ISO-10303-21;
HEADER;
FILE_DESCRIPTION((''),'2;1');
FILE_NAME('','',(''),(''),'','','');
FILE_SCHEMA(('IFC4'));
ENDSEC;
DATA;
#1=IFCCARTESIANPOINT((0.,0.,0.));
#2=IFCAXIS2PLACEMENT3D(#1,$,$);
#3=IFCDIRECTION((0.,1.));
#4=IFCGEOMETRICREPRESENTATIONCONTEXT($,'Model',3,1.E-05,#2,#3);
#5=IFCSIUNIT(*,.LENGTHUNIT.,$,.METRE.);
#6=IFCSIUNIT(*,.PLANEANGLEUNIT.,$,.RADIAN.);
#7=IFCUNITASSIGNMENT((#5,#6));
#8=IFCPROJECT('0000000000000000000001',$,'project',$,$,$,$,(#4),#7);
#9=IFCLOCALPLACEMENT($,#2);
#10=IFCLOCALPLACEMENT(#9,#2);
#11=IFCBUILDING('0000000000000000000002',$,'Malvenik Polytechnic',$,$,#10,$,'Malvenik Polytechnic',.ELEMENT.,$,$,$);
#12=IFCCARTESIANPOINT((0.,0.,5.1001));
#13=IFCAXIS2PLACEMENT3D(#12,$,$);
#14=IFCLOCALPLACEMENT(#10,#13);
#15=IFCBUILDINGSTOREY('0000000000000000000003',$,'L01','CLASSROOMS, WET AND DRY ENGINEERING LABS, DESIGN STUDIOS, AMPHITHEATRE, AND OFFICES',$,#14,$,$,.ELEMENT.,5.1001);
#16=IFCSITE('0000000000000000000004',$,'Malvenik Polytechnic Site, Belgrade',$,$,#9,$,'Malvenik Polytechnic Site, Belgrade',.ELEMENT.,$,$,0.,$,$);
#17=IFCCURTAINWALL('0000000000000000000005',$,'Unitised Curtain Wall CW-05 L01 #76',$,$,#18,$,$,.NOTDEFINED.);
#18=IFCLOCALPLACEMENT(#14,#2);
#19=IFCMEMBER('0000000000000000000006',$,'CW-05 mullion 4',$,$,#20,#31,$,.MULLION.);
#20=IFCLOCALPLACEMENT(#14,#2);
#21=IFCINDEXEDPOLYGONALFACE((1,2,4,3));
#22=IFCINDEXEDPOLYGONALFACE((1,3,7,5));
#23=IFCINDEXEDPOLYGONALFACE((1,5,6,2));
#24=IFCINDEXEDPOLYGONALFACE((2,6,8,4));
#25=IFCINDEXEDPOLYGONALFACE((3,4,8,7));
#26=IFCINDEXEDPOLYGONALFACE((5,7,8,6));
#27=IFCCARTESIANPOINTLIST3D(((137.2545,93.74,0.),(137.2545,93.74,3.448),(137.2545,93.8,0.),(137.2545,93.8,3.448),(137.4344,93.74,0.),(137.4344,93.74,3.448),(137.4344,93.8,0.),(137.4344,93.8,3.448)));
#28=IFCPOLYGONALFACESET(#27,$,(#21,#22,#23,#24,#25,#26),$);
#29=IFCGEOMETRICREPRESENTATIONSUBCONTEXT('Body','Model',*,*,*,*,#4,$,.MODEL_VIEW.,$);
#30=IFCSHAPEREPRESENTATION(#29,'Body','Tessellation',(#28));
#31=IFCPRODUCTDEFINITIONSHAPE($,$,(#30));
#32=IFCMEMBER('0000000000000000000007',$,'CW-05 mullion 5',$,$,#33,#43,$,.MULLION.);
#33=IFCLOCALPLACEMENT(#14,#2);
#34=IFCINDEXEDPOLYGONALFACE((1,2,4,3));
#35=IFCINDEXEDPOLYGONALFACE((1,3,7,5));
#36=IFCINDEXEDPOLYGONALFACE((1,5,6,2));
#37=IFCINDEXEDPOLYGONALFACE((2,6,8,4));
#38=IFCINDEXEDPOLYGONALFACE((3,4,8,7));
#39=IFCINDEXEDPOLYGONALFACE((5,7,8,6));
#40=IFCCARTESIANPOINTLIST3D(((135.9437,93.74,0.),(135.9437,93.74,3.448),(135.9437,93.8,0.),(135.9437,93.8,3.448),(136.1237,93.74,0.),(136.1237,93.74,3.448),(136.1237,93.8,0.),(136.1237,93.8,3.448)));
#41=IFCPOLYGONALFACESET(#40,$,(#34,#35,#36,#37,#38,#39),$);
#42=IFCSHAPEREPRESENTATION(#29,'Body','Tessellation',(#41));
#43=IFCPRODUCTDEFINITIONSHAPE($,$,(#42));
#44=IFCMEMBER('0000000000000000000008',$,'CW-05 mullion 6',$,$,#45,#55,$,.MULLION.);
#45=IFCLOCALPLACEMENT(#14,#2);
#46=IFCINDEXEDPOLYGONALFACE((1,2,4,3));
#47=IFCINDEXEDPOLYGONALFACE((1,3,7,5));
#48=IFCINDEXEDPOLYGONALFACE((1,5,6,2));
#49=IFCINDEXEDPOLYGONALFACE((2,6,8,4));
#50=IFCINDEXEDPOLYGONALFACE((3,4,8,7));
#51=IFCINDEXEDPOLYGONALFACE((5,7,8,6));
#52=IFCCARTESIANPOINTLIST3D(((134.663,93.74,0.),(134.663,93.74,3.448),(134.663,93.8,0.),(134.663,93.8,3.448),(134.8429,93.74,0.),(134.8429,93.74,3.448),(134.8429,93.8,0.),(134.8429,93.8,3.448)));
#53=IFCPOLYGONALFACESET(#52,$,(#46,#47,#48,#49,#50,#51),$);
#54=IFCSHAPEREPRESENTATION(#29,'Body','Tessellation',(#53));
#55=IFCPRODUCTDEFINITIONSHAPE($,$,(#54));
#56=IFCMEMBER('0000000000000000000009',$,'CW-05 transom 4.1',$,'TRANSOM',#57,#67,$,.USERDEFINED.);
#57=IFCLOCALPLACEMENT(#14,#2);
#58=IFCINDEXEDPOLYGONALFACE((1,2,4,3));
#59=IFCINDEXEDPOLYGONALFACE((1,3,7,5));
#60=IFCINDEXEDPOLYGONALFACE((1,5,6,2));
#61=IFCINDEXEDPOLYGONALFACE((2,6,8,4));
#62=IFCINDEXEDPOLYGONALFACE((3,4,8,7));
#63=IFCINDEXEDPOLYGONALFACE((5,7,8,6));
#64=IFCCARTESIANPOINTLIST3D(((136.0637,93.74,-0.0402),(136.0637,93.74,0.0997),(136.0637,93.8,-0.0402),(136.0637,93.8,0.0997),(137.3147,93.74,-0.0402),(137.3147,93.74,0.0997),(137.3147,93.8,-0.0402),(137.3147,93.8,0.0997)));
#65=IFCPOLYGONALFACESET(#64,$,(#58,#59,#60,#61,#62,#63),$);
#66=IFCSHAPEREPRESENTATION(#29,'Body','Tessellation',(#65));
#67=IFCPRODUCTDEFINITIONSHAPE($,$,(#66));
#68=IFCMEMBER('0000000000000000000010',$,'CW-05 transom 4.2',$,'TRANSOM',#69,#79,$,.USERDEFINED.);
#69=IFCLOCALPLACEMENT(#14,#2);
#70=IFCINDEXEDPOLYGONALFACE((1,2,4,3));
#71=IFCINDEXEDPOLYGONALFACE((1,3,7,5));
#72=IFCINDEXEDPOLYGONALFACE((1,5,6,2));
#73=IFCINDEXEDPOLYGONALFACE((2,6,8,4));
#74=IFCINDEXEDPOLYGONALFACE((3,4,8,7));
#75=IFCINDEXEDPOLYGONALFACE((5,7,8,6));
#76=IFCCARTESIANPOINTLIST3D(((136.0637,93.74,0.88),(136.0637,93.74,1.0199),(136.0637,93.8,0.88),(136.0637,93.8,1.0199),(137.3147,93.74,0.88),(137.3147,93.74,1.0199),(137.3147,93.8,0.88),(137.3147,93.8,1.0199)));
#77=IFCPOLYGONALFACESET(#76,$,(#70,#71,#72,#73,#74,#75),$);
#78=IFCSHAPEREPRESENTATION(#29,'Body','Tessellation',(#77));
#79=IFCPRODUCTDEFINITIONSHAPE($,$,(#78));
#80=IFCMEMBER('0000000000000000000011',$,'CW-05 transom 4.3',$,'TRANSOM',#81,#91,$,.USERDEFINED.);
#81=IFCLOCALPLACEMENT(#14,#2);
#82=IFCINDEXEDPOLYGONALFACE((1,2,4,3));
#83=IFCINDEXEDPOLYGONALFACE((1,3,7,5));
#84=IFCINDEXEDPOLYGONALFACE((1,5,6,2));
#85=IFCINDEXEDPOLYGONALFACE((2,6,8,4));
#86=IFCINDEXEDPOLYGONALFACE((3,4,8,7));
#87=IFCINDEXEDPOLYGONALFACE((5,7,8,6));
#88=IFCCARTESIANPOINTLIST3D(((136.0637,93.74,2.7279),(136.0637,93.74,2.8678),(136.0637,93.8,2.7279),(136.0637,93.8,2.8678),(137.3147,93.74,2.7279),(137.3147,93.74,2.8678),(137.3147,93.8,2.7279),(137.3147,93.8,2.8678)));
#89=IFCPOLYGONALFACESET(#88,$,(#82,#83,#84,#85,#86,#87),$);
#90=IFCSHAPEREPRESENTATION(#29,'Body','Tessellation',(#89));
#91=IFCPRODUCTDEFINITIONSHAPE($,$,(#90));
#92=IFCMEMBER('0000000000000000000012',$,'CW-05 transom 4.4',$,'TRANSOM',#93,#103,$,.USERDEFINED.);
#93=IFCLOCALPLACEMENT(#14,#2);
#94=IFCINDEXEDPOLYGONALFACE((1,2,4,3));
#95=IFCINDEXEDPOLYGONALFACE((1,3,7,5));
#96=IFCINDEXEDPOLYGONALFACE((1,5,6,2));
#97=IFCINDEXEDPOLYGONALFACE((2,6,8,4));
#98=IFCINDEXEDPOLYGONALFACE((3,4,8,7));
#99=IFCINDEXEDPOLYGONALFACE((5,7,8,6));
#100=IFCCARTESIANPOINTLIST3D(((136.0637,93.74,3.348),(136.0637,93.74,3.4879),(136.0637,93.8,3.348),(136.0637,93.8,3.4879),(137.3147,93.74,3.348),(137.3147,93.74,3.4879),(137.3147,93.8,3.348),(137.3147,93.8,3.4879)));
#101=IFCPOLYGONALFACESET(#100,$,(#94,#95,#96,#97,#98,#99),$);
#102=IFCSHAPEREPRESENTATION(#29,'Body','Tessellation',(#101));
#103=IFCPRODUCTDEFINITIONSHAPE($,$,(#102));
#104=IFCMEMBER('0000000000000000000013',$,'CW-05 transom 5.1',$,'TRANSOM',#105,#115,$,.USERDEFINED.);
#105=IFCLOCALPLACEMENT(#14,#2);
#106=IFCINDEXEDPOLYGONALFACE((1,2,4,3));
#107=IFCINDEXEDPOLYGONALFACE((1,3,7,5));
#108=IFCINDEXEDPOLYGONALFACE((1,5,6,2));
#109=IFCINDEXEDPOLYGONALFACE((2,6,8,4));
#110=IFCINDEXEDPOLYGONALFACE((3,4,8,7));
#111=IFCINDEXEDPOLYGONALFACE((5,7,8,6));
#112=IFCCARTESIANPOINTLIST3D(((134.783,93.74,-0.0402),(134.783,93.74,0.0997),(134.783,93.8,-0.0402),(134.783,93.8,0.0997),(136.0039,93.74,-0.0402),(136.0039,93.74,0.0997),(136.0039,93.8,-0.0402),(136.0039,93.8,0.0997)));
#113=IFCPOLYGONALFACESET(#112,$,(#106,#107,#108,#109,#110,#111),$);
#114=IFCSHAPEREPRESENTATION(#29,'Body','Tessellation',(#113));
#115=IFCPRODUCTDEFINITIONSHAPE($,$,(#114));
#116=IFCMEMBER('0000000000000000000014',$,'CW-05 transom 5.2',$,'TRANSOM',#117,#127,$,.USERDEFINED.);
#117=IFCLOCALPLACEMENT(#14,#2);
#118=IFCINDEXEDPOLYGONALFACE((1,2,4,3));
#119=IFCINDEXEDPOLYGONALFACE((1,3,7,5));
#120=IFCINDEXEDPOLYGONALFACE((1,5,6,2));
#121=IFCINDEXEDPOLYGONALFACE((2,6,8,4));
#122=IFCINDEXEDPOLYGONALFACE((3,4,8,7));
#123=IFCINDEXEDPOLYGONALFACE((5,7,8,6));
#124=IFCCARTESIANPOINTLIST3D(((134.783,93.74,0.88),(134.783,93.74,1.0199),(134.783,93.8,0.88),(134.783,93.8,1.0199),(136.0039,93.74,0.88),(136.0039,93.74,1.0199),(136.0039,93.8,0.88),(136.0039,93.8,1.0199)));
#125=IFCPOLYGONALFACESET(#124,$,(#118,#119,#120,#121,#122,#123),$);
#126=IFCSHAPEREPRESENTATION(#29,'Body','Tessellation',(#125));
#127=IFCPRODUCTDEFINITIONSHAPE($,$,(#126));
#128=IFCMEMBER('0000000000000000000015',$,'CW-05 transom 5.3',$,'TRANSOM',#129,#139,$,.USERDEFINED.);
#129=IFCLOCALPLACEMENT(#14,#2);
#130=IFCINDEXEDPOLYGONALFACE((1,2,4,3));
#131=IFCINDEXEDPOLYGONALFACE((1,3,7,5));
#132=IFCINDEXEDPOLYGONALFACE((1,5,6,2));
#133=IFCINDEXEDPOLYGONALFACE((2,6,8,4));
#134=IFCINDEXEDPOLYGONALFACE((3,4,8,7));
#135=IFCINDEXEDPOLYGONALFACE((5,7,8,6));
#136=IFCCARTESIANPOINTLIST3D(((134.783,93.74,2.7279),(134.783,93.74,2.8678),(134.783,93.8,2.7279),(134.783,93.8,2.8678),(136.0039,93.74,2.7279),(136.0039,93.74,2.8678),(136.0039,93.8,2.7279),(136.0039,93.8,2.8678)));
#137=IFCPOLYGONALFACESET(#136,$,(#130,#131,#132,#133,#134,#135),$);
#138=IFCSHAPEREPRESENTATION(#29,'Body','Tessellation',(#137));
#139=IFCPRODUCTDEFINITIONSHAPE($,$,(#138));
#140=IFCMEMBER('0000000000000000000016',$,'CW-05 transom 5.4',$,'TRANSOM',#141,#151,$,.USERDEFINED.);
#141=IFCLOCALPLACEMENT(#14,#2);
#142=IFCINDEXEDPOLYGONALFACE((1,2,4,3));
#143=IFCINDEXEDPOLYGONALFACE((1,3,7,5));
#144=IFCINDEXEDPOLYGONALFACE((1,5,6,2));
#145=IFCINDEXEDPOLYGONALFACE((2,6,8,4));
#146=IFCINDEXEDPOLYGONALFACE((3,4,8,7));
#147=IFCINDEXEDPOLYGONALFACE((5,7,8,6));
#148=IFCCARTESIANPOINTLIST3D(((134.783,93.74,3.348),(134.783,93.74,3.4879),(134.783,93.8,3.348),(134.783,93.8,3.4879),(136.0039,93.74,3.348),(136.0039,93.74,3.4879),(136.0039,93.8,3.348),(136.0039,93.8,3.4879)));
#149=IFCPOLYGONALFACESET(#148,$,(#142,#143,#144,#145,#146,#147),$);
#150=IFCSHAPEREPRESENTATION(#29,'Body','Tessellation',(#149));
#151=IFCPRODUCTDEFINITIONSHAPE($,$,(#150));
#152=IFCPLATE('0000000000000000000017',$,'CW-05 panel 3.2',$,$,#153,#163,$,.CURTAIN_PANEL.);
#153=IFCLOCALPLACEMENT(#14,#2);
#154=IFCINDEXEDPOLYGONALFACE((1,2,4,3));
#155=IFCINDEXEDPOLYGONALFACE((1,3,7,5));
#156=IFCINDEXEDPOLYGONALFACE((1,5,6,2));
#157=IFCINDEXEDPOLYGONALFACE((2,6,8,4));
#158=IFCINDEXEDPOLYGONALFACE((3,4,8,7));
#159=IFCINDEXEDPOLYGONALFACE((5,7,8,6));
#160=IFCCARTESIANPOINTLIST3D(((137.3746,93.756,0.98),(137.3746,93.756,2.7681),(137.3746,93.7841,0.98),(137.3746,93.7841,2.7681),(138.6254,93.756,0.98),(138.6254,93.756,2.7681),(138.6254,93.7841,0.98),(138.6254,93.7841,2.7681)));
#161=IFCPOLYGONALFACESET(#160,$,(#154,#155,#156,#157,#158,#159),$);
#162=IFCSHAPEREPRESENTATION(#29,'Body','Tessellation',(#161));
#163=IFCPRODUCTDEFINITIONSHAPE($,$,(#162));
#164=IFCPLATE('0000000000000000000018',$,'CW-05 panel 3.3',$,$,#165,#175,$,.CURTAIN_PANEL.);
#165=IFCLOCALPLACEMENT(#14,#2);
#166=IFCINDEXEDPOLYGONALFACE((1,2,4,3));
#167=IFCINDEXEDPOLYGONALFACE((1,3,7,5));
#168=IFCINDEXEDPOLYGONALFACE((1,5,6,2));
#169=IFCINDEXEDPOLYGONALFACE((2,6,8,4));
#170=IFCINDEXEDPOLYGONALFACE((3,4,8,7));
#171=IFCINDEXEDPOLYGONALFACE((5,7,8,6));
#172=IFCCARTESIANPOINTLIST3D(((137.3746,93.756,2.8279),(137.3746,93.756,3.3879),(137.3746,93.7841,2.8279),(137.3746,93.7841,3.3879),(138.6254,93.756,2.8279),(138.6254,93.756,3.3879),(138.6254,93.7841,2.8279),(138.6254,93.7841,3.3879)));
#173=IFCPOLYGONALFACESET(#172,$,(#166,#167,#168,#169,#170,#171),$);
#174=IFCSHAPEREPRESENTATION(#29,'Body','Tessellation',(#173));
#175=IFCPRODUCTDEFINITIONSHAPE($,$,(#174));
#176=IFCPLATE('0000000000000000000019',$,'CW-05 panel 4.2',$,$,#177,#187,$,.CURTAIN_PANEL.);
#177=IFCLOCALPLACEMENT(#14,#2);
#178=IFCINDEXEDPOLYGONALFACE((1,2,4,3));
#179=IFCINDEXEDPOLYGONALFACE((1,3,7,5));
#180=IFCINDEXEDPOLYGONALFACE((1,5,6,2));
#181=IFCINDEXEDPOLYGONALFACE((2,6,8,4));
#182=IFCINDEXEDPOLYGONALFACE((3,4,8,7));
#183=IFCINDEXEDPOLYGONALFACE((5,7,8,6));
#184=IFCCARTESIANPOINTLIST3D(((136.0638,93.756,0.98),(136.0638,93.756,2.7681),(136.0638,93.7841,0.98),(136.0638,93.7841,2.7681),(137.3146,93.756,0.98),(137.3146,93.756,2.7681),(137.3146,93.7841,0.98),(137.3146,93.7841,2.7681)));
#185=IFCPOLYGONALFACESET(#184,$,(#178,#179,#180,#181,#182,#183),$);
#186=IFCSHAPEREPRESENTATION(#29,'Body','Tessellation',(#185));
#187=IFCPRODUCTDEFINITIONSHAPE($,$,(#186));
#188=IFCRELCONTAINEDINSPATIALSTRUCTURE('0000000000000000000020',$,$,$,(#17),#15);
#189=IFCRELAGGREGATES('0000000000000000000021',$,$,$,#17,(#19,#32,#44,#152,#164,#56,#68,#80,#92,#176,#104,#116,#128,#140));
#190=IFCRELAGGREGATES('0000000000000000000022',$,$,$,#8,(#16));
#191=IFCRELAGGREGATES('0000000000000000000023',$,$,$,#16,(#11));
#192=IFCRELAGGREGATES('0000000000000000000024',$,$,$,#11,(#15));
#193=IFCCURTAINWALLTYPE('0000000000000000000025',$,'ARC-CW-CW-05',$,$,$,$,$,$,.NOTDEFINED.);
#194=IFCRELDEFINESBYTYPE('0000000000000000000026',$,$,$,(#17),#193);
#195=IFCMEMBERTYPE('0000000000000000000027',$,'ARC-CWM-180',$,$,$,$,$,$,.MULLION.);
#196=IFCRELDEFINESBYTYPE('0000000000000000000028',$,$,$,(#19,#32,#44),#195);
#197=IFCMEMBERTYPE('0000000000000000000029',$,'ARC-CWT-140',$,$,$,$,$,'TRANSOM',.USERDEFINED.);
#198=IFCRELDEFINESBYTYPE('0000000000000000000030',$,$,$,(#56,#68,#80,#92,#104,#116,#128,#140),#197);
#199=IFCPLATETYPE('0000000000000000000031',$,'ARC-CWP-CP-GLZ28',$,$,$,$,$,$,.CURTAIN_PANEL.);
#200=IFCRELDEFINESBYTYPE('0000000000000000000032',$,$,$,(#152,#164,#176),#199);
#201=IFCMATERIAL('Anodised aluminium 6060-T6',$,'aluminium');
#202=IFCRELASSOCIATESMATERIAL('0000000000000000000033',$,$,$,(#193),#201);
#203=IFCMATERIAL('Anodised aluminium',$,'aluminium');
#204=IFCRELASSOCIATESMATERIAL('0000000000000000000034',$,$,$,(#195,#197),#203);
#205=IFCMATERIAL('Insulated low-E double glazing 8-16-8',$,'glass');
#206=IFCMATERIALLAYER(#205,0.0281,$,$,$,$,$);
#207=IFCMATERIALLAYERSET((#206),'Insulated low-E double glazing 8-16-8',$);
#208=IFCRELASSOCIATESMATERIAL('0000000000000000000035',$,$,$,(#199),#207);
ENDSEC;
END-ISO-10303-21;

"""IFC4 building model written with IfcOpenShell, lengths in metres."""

from ifc_helpers import new_model, si_unit, direction, frame, origin, origin_2d, place, context, subcontext, project, spatial, rectangle, extrude, material, layer, layer_set, material_profile, profile_set, type_object, element, aggregate, save


model = new_model("IFC4")

# Units and contexts
model_context = context("Model", 3, precision=1e-05, world=origin(), true_north=direction((0.0, 1.0)))
body_context = subcontext(model_context, "Body", "Model", "MODEL_VIEW")
ifc_project = project(units=[si_unit("LENGTHUNIT", "METRE"), si_unit("PLANEANGLEUNIT", "RADIAN")], contexts=[model_context])

# Site, building, storey
site_placement = place(None, origin())
site = spatial("IfcSite", under=ifc_project, at=site_placement, Name="Malvenik Polytechnic Site, Belgrade", LongName="Malvenik Polytechnic Site, Belgrade", CompositionType="ELEMENT", RefElevation=0.0)
building_placement = place(site_placement, origin())
building = spatial("IfcBuilding", under=site, at=building_placement, Name="Malvenik Polytechnic", LongName="Malvenik Polytechnic", CompositionType="ELEMENT")
storey_placement = place(building_placement, frame((0.0, 0.0, 5.1001)))
storey = spatial("IfcBuildingStorey", under=building, at=storey_placement, Name="L01", Description="CLASSROOMS, WET AND DRY ENGINEERING LABS, DESIGN STUDIOS, AMPHITHEATRE, AND OFFICES", CompositionType="ELEMENT", Elevation=5.1001)

# Curtain wall, members, plates
ifc_material_1 = material(Name="Anodised aluminium 6060-T6", Category="aluminium")
curtain_wall_type = type_object("IfcCurtainWallType", Name="ARC-CW-CW-05", PredefinedType="NOTDEFINED", material=ifc_material_1)
curtain_wall_placement = place(storey_placement, origin())
curtain_wall = element("IfcCurtainWall", 1, at=curtain_wall_placement, inside=storey, type_object=curtain_wall_type, Name="Unitised Curtain Wall CW-05 L01 #76", PredefinedType="NOTDEFINED")
ifc_material_2 = material(Name="Anodised aluminium", Category="aluminium")
ifc_material_profile_1 = material_profile(ifc_material_2, rectangle(XDim=0.0601, YDim=0.1799, at=origin_2d()), Name="ALU MULLION 60x180")
ifc_profile_set_1 = profile_set([ifc_material_profile_1], Name="Anodised aluminium")
member_type_1 = type_object("IfcMemberType", Name="ARC-CWM-180", PredefinedType="MULLION", material=ifc_profile_set_1)
member_1_placement = place(storey_placement, frame((137.3445, 93.77, 0.0), z_axis=(0.0, 0.0, 1.0), x_axis=(0.0, -1.0, 0.0)))
member_1 = element("IfcMember", 2, at=member_1_placement, type_object=member_type_1, Name="CW-05 mullion 4", PredefinedType="MULLION", context=body_context, shape_type="SweptSolid", body=[
    extrude(rectangle(XDim=0.0601, YDim=0.1799, at=origin_2d()), origin(), (0.0, 0.0, 1.0), 3.448),
])
member_2_placement = place(storey_placement, frame((136.0337, 93.77, 0.0), z_axis=(0.0, 0.0, 1.0), x_axis=(0.0, -1.0, 0.0)))
member_2 = element("IfcMember", 3, at=member_2_placement, type_object=member_type_1, Name="CW-05 mullion 5", PredefinedType="MULLION", context=body_context, shape_type="SweptSolid", body=[
    extrude(rectangle(XDim=0.0601, YDim=0.1799, at=origin_2d()), origin(), (0.0, 0.0, 1.0), 3.448),
])
member_3_placement = place(storey_placement, frame((134.7529, 93.77, 0.0), z_axis=(0.0, 0.0, 1.0), x_axis=(0.0, -1.0, 0.0)))
member_3 = element("IfcMember", 4, at=member_3_placement, type_object=member_type_1, Name="CW-05 mullion 6", PredefinedType="MULLION", context=body_context, shape_type="SweptSolid", body=[
    extrude(rectangle(XDim=0.0601, YDim=0.1799, at=origin_2d()), origin(), (0.0, 0.0, 1.0), 3.448),
])
ifc_material_profile_2 = material_profile(ifc_material_2, rectangle(XDim=0.0601, YDim=0.1399, at=origin_2d()), Name="ALU TRANSOM 60x140")
ifc_profile_set_2 = profile_set([ifc_material_profile_2], Name="Anodised aluminium")
member_type_2 = type_object("IfcMemberType", Name="ARC-CWT-140", ElementType="TRANSOM", PredefinedType="USERDEFINED", material=ifc_profile_set_2)
member_4_placement = place(storey_placement, frame((137.3147, 93.77, 0.0298), z_axis=(-1.0, 0.0, 0.0), x_axis=(0.0, -1.0, 0.0)))
member_4 = element("IfcMember", 5, at=member_4_placement, type_object=member_type_2, Name="CW-05 transom 4.1", ObjectType="TRANSOM", PredefinedType="USERDEFINED", context=body_context, shape_type="SweptSolid", body=[
    extrude(rectangle(XDim=0.0601, YDim=0.1399, at=origin_2d()), origin(), (0.0, 0.0, 1.0), 1.251),
])
member_5_placement = place(storey_placement, frame((137.3147, 93.77, 0.95), z_axis=(-1.0, 0.0, 0.0), x_axis=(0.0, -1.0, 0.0)))
member_5 = element("IfcMember", 6, at=member_5_placement, type_object=member_type_2, Name="CW-05 transom 4.2", ObjectType="TRANSOM", PredefinedType="USERDEFINED", context=body_context, shape_type="SweptSolid", body=[
    extrude(rectangle(XDim=0.0601, YDim=0.1399, at=origin_2d()), origin(), (0.0, 0.0, 1.0), 1.251),
])
member_6_placement = place(storey_placement, frame((137.3147, 93.77, 2.7979), z_axis=(-1.0, 0.0, 0.0), x_axis=(0.0, -1.0, 0.0)))
member_6 = element("IfcMember", 7, at=member_6_placement, type_object=member_type_2, Name="CW-05 transom 4.3", ObjectType="TRANSOM", PredefinedType="USERDEFINED", context=body_context, shape_type="SweptSolid", body=[
    extrude(rectangle(XDim=0.0601, YDim=0.1399, at=origin_2d()), origin(), (0.0, 0.0, 1.0), 1.251),
])
member_7_placement = place(storey_placement, frame((137.3147, 93.77, 3.418), z_axis=(-1.0, 0.0, 0.0), x_axis=(0.0, -1.0, 0.0)))
member_7 = element("IfcMember", 8, at=member_7_placement, type_object=member_type_2, Name="CW-05 transom 4.4", ObjectType="TRANSOM", PredefinedType="USERDEFINED", context=body_context, shape_type="SweptSolid", body=[
    extrude(rectangle(XDim=0.0601, YDim=0.1399, at=origin_2d()), origin(), (0.0, 0.0, 1.0), 1.251),
])
member_8_placement = place(storey_placement, frame((136.0039, 93.77, 0.0298), z_axis=(-1.0, 0.0, 0.0), x_axis=(0.0, -1.0, 0.0)))
member_8 = element("IfcMember", 9, at=member_8_placement, type_object=member_type_2, Name="CW-05 transom 5.1", ObjectType="TRANSOM", PredefinedType="USERDEFINED", context=body_context, shape_type="SweptSolid", body=[
    extrude(rectangle(XDim=0.0601, YDim=0.1399, at=origin_2d()), origin(), (0.0, 0.0, 1.0), 1.2209),
])
member_9_placement = place(storey_placement, frame((136.0039, 93.77, 0.95), z_axis=(-1.0, 0.0, 0.0), x_axis=(0.0, -1.0, 0.0)))
member_9 = element("IfcMember", 10, at=member_9_placement, type_object=member_type_2, Name="CW-05 transom 5.2", ObjectType="TRANSOM", PredefinedType="USERDEFINED", context=body_context, shape_type="SweptSolid", body=[
    extrude(rectangle(XDim=0.0601, YDim=0.1399, at=origin_2d()), origin(), (0.0, 0.0, 1.0), 1.2209),
])
member_10_placement = place(storey_placement, frame((136.0039, 93.77, 2.7979), z_axis=(-1.0, 0.0, 0.0), x_axis=(0.0, -1.0, 0.0)))
member_10 = element("IfcMember", 11, at=member_10_placement, type_object=member_type_2, Name="CW-05 transom 5.3", ObjectType="TRANSOM", PredefinedType="USERDEFINED", context=body_context, shape_type="SweptSolid", body=[
    extrude(rectangle(XDim=0.0601, YDim=0.1399, at=origin_2d()), origin(), (0.0, 0.0, 1.0), 1.2209),
])
member_11_placement = place(storey_placement, frame((136.0039, 93.77, 3.418), z_axis=(-1.0, 0.0, 0.0), x_axis=(0.0, -1.0, 0.0)))
member_11 = element("IfcMember", 12, at=member_11_placement, type_object=member_type_2, Name="CW-05 transom 5.4", ObjectType="TRANSOM", PredefinedType="USERDEFINED", context=body_context, shape_type="SweptSolid", body=[
    extrude(rectangle(XDim=0.0601, YDim=0.1399, at=origin_2d()), origin(), (0.0, 0.0, 1.0), 1.2209),
])
ifc_material_3 = material(Name="Insulated low-E double glazing 8-16-8", Category="glass")
ifc_layer_1 = layer(ifc_material_3, 0.0281)
ifc_layer_set_1 = layer_set([ifc_layer_1], Name="Insulated low-E double glazing 8-16-8")
plate_type_1 = type_object("IfcPlateType", Name="ARC-CWP-CP-GLZ28", PredefinedType="CURTAIN_PANEL", material=ifc_layer_set_1)
plate_1_placement = place(storey_placement, frame((138.0, 93.77, 0.98), z_axis=(0.0, 0.0, 1.0), x_axis=(-1.0, 0.0, 0.0)))
plate_1 = element("IfcPlate", 13, at=plate_1_placement, type_object=plate_type_1, Name="CW-05 panel 3.2", PredefinedType="CURTAIN_PANEL", context=body_context, shape_type="SweptSolid", body=[
    extrude(rectangle(XDim=1.2507, YDim=0.0281, at=origin_2d()), origin(), (0.0, 0.0, 1.0), 1.7881),
])
plate_2_placement = place(storey_placement, frame((138.0, 93.77, 2.8279), z_axis=(0.0, 0.0, 1.0), x_axis=(-1.0, 0.0, 0.0)))
plate_2 = element("IfcPlate", 14, at=plate_2_placement, type_object=plate_type_1, Name="CW-05 panel 3.3", PredefinedType="CURTAIN_PANEL", context=body_context, shape_type="SweptSolid", body=[
    extrude(rectangle(XDim=1.2507, YDim=0.0281, at=origin_2d()), origin(), (0.0, 0.0, 1.0), 0.5601),
])
plate_3_placement = place(storey_placement, frame((136.6892, 93.77, 0.98), z_axis=(0.0, 0.0, 1.0), x_axis=(-1.0, 0.0, 0.0)))
plate_3 = element("IfcPlate", 15, at=plate_3_placement, type_object=plate_type_1, Name="CW-05 panel 4.2", PredefinedType="CURTAIN_PANEL", context=body_context, shape_type="SweptSolid", body=[
    extrude(rectangle(XDim=1.2507, YDim=0.0281, at=origin_2d()), origin(), (0.0, 0.0, 1.0), 1.7881),
])
aggregate(curtain_wall, [member_1, member_2, member_3, plate_1, plate_2, member_4, member_5, member_6, member_7, plate_3, member_8, member_9, member_10, member_11])

save(model, "model.ifc")
